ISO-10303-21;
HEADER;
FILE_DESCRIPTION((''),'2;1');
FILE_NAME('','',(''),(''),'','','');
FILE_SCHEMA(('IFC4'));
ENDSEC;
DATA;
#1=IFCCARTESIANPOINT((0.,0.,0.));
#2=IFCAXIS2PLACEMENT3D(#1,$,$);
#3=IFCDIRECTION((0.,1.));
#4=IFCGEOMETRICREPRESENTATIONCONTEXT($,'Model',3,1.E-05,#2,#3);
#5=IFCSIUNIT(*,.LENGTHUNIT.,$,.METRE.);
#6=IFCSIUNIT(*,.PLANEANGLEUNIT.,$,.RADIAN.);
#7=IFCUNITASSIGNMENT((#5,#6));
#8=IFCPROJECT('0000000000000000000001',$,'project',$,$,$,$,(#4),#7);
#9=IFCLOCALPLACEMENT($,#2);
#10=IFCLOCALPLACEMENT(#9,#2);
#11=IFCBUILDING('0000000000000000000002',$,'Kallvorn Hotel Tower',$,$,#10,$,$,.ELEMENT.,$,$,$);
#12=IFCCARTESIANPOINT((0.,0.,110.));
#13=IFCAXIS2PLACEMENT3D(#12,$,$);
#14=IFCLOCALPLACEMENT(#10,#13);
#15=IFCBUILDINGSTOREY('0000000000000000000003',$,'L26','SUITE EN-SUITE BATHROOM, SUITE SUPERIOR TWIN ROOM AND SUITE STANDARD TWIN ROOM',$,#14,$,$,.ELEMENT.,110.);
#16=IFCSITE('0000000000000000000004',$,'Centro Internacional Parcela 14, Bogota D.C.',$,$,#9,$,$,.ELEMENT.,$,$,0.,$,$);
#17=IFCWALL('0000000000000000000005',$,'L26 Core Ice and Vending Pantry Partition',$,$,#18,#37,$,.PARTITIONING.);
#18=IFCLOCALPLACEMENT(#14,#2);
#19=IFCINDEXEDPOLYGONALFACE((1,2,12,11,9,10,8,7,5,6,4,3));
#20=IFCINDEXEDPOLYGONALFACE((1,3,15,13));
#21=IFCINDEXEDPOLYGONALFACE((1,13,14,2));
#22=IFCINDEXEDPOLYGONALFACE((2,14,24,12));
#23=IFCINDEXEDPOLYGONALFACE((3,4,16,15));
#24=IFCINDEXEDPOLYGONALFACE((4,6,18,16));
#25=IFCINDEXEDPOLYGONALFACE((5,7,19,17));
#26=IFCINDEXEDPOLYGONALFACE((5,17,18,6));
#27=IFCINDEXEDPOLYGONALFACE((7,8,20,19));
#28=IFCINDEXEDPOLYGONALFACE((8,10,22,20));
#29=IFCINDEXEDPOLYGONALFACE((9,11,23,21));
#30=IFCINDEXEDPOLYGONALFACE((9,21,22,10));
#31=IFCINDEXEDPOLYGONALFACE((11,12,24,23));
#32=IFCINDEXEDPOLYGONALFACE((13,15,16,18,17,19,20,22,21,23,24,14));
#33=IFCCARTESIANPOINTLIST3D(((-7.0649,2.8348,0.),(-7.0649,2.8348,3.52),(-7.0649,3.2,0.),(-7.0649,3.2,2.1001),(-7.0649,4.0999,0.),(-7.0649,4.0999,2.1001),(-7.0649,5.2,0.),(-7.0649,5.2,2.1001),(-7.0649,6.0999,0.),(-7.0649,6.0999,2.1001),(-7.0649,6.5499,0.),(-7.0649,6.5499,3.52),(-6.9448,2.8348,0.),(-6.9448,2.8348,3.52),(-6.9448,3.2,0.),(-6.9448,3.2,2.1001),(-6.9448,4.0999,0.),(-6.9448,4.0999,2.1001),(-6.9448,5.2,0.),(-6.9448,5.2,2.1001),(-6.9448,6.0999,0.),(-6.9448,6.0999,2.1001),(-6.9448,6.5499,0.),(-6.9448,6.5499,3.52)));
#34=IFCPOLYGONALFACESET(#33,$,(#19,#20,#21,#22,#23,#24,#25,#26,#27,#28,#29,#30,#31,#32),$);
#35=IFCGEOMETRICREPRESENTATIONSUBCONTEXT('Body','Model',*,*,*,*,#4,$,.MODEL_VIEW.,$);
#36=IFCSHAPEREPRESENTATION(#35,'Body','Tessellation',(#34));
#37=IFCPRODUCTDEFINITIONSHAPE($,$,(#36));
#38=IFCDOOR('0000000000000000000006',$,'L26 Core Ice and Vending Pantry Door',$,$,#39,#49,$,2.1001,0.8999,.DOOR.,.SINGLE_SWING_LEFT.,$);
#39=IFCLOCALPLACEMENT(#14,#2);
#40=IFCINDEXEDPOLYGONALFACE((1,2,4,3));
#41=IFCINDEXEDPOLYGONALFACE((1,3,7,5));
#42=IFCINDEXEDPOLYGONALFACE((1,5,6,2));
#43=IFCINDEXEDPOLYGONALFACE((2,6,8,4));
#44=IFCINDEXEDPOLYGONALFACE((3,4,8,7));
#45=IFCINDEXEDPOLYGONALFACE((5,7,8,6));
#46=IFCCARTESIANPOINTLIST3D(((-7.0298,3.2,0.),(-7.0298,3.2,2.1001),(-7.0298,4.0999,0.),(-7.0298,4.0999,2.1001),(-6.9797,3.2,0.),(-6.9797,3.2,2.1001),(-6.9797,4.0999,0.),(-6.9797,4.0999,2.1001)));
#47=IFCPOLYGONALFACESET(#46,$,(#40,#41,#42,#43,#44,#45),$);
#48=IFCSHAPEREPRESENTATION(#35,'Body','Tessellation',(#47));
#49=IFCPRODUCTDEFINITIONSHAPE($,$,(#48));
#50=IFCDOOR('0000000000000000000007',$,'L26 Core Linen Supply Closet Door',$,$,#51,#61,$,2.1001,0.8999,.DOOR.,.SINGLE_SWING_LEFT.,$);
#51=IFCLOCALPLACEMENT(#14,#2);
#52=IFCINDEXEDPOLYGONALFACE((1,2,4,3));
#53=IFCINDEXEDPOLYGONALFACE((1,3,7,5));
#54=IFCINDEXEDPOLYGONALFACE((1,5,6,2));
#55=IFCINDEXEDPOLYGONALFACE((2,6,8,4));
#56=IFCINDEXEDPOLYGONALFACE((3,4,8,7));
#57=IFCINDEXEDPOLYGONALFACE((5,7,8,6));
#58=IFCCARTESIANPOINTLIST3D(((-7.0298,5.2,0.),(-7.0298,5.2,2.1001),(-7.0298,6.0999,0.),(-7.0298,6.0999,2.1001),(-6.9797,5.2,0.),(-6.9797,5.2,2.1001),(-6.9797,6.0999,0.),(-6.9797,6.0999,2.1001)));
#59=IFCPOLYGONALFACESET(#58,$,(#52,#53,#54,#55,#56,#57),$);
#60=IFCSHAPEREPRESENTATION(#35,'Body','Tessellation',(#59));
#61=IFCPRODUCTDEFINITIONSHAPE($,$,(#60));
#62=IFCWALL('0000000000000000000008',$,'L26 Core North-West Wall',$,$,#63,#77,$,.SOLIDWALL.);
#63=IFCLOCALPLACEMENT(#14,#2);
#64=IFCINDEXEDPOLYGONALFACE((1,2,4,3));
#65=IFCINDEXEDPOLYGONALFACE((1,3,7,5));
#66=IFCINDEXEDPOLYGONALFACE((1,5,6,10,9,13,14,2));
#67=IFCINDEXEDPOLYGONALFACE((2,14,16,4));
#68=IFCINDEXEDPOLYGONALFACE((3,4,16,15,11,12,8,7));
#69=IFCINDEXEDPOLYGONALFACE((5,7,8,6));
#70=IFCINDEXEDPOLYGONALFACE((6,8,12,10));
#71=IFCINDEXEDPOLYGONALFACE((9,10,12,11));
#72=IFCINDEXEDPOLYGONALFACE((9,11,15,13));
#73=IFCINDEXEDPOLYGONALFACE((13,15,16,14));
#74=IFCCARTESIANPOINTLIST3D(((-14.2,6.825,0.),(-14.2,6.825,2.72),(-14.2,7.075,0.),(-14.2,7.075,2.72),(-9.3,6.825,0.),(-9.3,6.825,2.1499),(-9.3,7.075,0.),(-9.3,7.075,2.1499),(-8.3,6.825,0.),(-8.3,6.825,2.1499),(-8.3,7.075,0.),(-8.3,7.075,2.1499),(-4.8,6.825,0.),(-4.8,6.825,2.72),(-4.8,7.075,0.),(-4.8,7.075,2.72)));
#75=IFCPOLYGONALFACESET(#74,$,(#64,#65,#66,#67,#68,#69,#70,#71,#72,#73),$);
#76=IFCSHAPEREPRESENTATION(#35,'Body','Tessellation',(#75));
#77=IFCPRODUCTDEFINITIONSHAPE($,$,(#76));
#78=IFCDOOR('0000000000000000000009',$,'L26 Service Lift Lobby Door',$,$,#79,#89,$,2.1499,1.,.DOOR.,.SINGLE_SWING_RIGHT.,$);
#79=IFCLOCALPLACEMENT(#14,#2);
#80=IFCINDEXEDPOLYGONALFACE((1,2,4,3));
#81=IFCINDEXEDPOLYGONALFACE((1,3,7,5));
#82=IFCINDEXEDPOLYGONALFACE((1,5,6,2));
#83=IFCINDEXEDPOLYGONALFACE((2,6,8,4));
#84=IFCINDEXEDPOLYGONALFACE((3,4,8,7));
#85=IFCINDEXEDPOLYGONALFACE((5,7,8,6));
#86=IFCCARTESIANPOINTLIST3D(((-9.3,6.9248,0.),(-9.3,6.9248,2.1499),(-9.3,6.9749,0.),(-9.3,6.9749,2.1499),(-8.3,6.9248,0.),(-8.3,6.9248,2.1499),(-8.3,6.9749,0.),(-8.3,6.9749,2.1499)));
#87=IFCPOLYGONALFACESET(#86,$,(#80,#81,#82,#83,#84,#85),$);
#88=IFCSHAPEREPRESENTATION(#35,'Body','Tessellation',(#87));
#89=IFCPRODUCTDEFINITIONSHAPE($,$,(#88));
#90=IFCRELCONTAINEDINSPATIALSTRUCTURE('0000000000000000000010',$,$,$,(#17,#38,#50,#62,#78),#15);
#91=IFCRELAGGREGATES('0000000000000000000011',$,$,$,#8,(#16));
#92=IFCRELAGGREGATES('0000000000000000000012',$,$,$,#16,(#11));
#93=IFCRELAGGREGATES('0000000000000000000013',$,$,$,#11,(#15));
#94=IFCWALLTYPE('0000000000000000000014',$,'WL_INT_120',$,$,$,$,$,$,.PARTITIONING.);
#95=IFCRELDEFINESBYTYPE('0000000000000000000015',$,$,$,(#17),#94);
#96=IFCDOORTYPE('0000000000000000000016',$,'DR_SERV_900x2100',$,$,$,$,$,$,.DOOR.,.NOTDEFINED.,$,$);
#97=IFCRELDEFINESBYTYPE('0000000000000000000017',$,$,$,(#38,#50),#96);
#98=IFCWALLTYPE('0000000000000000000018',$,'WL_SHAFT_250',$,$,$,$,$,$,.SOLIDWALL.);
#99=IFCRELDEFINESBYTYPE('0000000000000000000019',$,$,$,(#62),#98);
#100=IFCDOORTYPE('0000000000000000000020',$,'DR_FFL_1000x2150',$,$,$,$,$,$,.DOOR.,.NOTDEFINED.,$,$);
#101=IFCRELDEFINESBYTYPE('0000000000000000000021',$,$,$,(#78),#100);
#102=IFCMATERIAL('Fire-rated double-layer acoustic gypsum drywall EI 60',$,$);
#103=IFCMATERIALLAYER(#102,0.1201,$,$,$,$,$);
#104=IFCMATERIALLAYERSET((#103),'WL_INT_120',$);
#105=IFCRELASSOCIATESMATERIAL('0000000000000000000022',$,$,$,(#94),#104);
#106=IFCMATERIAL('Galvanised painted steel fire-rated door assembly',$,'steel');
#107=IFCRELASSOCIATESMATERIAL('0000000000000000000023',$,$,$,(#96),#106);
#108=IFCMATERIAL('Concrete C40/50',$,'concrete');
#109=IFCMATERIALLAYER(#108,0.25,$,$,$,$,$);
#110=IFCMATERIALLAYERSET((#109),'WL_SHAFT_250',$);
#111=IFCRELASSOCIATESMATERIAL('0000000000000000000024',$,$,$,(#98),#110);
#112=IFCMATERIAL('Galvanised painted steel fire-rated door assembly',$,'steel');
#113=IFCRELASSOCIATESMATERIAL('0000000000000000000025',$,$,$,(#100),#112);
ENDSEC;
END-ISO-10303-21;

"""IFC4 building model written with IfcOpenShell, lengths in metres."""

from ifc_helpers import new_model, si_unit, direction, frame, frame_2d, origin, place, context, subcontext, project, spatial, rectangle, extrude, material, layer, layer_set, type_object, element, fill, save


model = new_model("IFC4")

# Units and contexts
model_context = context("Model", 3, precision=1e-05, world=origin(), true_north=direction((0.0, 1.0)))
body_context = subcontext(model_context, "Body", "Model", "MODEL_VIEW")
ifc_project = project(units=[si_unit("LENGTHUNIT", "METRE"), si_unit("PLANEANGLEUNIT", "RADIAN")], contexts=[model_context])

# Site, building, storey
site_placement = place(None, origin())
site = spatial("IfcSite", under=ifc_project, at=site_placement, Name="Centro Internacional Parcela 14, Bogota D.C.", CompositionType="ELEMENT", RefElevation=0.0)
building_placement = place(site_placement, origin())
building = spatial("IfcBuilding", under=site, at=building_placement, Name="Kallvorn Hotel Tower", CompositionType="ELEMENT")
storey_placement = place(building_placement, frame((0.0, 0.0, 110.0)))
storey = spatial("IfcBuildingStorey", under=building, at=storey_placement, Name="L26", Description="SUITE EN-SUITE BATHROOM, SUITE SUPERIOR TWIN ROOM AND SUITE STANDARD TWIN ROOM", CompositionType="ELEMENT", Elevation=110.0)

# Shared definitions
ifc_material_1 = material(Name="Fire-rated double-layer acoustic gypsum drywall EI 60")
ifc_layer_1 = layer(ifc_material_1, 0.1201)
ifc_layer_set_1 = layer_set([ifc_layer_1], Name="WL_INT_120")
wall_type_1 = type_object("IfcWallType", Name="WL_INT_120", PredefinedType="PARTITIONING", material=ifc_layer_set_1)

# Wall, openings, doors
wall_1_placement = place(storey_placement, frame((-7.0049, 2.835, 0.0), z_axis=(0.0, 0.0, 1.0), x_axis=(0.0, 1.0, 0.0)))
wall_1 = element("IfcWall", 1, at=wall_1_placement, inside=storey, type_object=wall_type_1, Name="L26 Core Ice and Vending Pantry Partition", PredefinedType="PARTITIONING", context=body_context, shape_type="SweptSolid", body=[
    extrude(rectangle(XDim=3.7151, YDim=0.1201, at=frame_2d((1.8574, 0.0))), origin(), (0.0, 0.0, 1.0), 3.52),
])
opening_1_placement = place(wall_1_placement, frame((0.365, 0.0, 0.0)))
opening_1 = element("IfcOpeningElement", 2, at=opening_1_placement, cuts=wall_1, PredefinedType="OPENING", context=body_context, shape_type="SweptSolid", body=[
    extrude(rectangle(XDim=0.8999, YDim=2.1001, at=frame_2d((0.45, 1.05))), frame((0.0, 0.075, 0.0), z_axis=(0.0, -1.0, 0.0), x_axis=(1.0, 0.0, 0.0)), (0.0, 0.0, 1.0), 0.1501),
])
opening_2_placement = place(wall_1_placement, frame((2.365, 0.0, 0.0)))
opening_2 = element("IfcOpeningElement", 3, at=opening_2_placement, cuts=wall_1, PredefinedType="OPENING", context=body_context, shape_type="SweptSolid", body=[
    extrude(rectangle(XDim=0.8999, YDim=2.1001, at=frame_2d((0.45, 1.05))), frame((0.0, 0.075, 0.0), z_axis=(0.0, -1.0, 0.0), x_axis=(1.0, 0.0, 0.0)), (0.0, 0.0, 1.0), 0.1501),
])
ifc_material_2 = material(Name="Galvanised painted steel fire-rated door assembly", Category="steel")
door_type_1 = type_object("IfcDoorType", Name="DR_SERV_900x2100", OperationType="NOTDEFINED", PredefinedType="DOOR", material=ifc_material_2)
door_1_placement = place(opening_1_placement, origin())
door_1 = element("IfcDoor", 4, at=door_1_placement, inside=storey, type_object=door_type_1, Name="L26 Core Ice and Vending Pantry Door", OperationType="SINGLE_SWING_LEFT", OverallHeight=2.1001, OverallWidth=0.8999, PredefinedType="DOOR", context=body_context, shape_type="SweptSolid", body=[
    extrude(rectangle(XDim=0.8999, YDim=2.1001, at=frame_2d((0.45, 1.05))), frame((0.0, 0.0249, 0.0), z_axis=(0.0, -1.0, 0.0), x_axis=(1.0, 0.0, 0.0)), (0.0, 0.0, 1.0), 0.05),
])
fill(opening_1, door_1)
door_2_placement = place(opening_2_placement, origin())
door_2 = element("IfcDoor", 5, at=door_2_placement, inside=storey, type_object=door_type_1, Name="L26 Core Linen Supply Closet Door", OperationType="SINGLE_SWING_LEFT", OverallHeight=2.1001, OverallWidth=0.8999, PredefinedType="DOOR", context=body_context, shape_type="SweptSolid", body=[
    extrude(rectangle(XDim=0.8999, YDim=2.1001, at=frame_2d((0.45, 1.05))), frame((0.0, 0.0249, 0.0), z_axis=(0.0, -1.0, 0.0), x_axis=(1.0, 0.0, 0.0)), (0.0, 0.0, 1.0), 0.05),
])
fill(opening_2, door_2)

# Wall, opening, door
ifc_material_3 = material(Name="Concrete C40/50", Category="concrete")
ifc_layer_2 = layer(ifc_material_3, 0.25)
ifc_layer_set_2 = layer_set([ifc_layer_2], Name="WL_SHAFT_250")
wall_type_2 = type_object("IfcWallType", Name="WL_SHAFT_250", PredefinedType="SOLIDWALL", material=ifc_layer_set_2)
wall_2_placement = place(storey_placement, frame((-14.2, 6.95, 0.0), z_axis=(0.0, 0.0, 1.0), x_axis=(1.0, 0.0, 0.0)))
wall_2 = element("IfcWall", 6, at=wall_2_placement, inside=storey, type_object=wall_type_2, Name="L26 Core North-West Wall", PredefinedType="SOLIDWALL", context=body_context, shape_type="SweptSolid", body=[
    extrude(rectangle(XDim=9.3999, YDim=0.25, at=frame_2d((4.7, 0.0))), origin(), (0.0, 0.0, 1.0), 2.72),
])
opening_3_placement = place(wall_2_placement, frame((4.8999, 0.0, 0.0)))
opening_3 = element("IfcOpeningElement", 7, at=opening_3_placement, cuts=wall_2, PredefinedType="OPENING", context=body_context, shape_type="SweptSolid", body=[
    extrude(rectangle(XDim=1.0, YDim=2.1499, at=frame_2d((0.5, 1.075))), frame((0.0, 0.1399, 0.0), z_axis=(0.0, -1.0, 0.0), x_axis=(1.0, 0.0, 0.0)), (0.0, 0.0, 1.0), 0.28),
])
ifc_material_4 = material(Name="Galvanised painted steel fire-rated door assembly", Category="steel")
door_type_2 = type_object("IfcDoorType", Name="DR_FFL_1000x2150", OperationType="NOTDEFINED", PredefinedType="DOOR", material=ifc_material_4)
door_3_placement = place(opening_3_placement, origin())
door_3 = element("IfcDoor", 8, at=door_3_placement, inside=storey, type_object=door_type_2, Name="L26 Service Lift Lobby Door", OperationType="SINGLE_SWING_RIGHT", OverallHeight=2.1499, OverallWidth=1.0, PredefinedType="DOOR", context=body_context, shape_type="SweptSolid", body=[
    extrude(rectangle(XDim=1.0, YDim=2.1499, at=frame_2d((0.5, 1.075))), frame((0.0, 0.0249, 0.0), z_axis=(0.0, -1.0, 0.0), x_axis=(1.0, 0.0, 0.0)), (0.0, 0.0, 1.0), 0.05),
])
fill(opening_3, door_3)

save(model, "model.ifc")
